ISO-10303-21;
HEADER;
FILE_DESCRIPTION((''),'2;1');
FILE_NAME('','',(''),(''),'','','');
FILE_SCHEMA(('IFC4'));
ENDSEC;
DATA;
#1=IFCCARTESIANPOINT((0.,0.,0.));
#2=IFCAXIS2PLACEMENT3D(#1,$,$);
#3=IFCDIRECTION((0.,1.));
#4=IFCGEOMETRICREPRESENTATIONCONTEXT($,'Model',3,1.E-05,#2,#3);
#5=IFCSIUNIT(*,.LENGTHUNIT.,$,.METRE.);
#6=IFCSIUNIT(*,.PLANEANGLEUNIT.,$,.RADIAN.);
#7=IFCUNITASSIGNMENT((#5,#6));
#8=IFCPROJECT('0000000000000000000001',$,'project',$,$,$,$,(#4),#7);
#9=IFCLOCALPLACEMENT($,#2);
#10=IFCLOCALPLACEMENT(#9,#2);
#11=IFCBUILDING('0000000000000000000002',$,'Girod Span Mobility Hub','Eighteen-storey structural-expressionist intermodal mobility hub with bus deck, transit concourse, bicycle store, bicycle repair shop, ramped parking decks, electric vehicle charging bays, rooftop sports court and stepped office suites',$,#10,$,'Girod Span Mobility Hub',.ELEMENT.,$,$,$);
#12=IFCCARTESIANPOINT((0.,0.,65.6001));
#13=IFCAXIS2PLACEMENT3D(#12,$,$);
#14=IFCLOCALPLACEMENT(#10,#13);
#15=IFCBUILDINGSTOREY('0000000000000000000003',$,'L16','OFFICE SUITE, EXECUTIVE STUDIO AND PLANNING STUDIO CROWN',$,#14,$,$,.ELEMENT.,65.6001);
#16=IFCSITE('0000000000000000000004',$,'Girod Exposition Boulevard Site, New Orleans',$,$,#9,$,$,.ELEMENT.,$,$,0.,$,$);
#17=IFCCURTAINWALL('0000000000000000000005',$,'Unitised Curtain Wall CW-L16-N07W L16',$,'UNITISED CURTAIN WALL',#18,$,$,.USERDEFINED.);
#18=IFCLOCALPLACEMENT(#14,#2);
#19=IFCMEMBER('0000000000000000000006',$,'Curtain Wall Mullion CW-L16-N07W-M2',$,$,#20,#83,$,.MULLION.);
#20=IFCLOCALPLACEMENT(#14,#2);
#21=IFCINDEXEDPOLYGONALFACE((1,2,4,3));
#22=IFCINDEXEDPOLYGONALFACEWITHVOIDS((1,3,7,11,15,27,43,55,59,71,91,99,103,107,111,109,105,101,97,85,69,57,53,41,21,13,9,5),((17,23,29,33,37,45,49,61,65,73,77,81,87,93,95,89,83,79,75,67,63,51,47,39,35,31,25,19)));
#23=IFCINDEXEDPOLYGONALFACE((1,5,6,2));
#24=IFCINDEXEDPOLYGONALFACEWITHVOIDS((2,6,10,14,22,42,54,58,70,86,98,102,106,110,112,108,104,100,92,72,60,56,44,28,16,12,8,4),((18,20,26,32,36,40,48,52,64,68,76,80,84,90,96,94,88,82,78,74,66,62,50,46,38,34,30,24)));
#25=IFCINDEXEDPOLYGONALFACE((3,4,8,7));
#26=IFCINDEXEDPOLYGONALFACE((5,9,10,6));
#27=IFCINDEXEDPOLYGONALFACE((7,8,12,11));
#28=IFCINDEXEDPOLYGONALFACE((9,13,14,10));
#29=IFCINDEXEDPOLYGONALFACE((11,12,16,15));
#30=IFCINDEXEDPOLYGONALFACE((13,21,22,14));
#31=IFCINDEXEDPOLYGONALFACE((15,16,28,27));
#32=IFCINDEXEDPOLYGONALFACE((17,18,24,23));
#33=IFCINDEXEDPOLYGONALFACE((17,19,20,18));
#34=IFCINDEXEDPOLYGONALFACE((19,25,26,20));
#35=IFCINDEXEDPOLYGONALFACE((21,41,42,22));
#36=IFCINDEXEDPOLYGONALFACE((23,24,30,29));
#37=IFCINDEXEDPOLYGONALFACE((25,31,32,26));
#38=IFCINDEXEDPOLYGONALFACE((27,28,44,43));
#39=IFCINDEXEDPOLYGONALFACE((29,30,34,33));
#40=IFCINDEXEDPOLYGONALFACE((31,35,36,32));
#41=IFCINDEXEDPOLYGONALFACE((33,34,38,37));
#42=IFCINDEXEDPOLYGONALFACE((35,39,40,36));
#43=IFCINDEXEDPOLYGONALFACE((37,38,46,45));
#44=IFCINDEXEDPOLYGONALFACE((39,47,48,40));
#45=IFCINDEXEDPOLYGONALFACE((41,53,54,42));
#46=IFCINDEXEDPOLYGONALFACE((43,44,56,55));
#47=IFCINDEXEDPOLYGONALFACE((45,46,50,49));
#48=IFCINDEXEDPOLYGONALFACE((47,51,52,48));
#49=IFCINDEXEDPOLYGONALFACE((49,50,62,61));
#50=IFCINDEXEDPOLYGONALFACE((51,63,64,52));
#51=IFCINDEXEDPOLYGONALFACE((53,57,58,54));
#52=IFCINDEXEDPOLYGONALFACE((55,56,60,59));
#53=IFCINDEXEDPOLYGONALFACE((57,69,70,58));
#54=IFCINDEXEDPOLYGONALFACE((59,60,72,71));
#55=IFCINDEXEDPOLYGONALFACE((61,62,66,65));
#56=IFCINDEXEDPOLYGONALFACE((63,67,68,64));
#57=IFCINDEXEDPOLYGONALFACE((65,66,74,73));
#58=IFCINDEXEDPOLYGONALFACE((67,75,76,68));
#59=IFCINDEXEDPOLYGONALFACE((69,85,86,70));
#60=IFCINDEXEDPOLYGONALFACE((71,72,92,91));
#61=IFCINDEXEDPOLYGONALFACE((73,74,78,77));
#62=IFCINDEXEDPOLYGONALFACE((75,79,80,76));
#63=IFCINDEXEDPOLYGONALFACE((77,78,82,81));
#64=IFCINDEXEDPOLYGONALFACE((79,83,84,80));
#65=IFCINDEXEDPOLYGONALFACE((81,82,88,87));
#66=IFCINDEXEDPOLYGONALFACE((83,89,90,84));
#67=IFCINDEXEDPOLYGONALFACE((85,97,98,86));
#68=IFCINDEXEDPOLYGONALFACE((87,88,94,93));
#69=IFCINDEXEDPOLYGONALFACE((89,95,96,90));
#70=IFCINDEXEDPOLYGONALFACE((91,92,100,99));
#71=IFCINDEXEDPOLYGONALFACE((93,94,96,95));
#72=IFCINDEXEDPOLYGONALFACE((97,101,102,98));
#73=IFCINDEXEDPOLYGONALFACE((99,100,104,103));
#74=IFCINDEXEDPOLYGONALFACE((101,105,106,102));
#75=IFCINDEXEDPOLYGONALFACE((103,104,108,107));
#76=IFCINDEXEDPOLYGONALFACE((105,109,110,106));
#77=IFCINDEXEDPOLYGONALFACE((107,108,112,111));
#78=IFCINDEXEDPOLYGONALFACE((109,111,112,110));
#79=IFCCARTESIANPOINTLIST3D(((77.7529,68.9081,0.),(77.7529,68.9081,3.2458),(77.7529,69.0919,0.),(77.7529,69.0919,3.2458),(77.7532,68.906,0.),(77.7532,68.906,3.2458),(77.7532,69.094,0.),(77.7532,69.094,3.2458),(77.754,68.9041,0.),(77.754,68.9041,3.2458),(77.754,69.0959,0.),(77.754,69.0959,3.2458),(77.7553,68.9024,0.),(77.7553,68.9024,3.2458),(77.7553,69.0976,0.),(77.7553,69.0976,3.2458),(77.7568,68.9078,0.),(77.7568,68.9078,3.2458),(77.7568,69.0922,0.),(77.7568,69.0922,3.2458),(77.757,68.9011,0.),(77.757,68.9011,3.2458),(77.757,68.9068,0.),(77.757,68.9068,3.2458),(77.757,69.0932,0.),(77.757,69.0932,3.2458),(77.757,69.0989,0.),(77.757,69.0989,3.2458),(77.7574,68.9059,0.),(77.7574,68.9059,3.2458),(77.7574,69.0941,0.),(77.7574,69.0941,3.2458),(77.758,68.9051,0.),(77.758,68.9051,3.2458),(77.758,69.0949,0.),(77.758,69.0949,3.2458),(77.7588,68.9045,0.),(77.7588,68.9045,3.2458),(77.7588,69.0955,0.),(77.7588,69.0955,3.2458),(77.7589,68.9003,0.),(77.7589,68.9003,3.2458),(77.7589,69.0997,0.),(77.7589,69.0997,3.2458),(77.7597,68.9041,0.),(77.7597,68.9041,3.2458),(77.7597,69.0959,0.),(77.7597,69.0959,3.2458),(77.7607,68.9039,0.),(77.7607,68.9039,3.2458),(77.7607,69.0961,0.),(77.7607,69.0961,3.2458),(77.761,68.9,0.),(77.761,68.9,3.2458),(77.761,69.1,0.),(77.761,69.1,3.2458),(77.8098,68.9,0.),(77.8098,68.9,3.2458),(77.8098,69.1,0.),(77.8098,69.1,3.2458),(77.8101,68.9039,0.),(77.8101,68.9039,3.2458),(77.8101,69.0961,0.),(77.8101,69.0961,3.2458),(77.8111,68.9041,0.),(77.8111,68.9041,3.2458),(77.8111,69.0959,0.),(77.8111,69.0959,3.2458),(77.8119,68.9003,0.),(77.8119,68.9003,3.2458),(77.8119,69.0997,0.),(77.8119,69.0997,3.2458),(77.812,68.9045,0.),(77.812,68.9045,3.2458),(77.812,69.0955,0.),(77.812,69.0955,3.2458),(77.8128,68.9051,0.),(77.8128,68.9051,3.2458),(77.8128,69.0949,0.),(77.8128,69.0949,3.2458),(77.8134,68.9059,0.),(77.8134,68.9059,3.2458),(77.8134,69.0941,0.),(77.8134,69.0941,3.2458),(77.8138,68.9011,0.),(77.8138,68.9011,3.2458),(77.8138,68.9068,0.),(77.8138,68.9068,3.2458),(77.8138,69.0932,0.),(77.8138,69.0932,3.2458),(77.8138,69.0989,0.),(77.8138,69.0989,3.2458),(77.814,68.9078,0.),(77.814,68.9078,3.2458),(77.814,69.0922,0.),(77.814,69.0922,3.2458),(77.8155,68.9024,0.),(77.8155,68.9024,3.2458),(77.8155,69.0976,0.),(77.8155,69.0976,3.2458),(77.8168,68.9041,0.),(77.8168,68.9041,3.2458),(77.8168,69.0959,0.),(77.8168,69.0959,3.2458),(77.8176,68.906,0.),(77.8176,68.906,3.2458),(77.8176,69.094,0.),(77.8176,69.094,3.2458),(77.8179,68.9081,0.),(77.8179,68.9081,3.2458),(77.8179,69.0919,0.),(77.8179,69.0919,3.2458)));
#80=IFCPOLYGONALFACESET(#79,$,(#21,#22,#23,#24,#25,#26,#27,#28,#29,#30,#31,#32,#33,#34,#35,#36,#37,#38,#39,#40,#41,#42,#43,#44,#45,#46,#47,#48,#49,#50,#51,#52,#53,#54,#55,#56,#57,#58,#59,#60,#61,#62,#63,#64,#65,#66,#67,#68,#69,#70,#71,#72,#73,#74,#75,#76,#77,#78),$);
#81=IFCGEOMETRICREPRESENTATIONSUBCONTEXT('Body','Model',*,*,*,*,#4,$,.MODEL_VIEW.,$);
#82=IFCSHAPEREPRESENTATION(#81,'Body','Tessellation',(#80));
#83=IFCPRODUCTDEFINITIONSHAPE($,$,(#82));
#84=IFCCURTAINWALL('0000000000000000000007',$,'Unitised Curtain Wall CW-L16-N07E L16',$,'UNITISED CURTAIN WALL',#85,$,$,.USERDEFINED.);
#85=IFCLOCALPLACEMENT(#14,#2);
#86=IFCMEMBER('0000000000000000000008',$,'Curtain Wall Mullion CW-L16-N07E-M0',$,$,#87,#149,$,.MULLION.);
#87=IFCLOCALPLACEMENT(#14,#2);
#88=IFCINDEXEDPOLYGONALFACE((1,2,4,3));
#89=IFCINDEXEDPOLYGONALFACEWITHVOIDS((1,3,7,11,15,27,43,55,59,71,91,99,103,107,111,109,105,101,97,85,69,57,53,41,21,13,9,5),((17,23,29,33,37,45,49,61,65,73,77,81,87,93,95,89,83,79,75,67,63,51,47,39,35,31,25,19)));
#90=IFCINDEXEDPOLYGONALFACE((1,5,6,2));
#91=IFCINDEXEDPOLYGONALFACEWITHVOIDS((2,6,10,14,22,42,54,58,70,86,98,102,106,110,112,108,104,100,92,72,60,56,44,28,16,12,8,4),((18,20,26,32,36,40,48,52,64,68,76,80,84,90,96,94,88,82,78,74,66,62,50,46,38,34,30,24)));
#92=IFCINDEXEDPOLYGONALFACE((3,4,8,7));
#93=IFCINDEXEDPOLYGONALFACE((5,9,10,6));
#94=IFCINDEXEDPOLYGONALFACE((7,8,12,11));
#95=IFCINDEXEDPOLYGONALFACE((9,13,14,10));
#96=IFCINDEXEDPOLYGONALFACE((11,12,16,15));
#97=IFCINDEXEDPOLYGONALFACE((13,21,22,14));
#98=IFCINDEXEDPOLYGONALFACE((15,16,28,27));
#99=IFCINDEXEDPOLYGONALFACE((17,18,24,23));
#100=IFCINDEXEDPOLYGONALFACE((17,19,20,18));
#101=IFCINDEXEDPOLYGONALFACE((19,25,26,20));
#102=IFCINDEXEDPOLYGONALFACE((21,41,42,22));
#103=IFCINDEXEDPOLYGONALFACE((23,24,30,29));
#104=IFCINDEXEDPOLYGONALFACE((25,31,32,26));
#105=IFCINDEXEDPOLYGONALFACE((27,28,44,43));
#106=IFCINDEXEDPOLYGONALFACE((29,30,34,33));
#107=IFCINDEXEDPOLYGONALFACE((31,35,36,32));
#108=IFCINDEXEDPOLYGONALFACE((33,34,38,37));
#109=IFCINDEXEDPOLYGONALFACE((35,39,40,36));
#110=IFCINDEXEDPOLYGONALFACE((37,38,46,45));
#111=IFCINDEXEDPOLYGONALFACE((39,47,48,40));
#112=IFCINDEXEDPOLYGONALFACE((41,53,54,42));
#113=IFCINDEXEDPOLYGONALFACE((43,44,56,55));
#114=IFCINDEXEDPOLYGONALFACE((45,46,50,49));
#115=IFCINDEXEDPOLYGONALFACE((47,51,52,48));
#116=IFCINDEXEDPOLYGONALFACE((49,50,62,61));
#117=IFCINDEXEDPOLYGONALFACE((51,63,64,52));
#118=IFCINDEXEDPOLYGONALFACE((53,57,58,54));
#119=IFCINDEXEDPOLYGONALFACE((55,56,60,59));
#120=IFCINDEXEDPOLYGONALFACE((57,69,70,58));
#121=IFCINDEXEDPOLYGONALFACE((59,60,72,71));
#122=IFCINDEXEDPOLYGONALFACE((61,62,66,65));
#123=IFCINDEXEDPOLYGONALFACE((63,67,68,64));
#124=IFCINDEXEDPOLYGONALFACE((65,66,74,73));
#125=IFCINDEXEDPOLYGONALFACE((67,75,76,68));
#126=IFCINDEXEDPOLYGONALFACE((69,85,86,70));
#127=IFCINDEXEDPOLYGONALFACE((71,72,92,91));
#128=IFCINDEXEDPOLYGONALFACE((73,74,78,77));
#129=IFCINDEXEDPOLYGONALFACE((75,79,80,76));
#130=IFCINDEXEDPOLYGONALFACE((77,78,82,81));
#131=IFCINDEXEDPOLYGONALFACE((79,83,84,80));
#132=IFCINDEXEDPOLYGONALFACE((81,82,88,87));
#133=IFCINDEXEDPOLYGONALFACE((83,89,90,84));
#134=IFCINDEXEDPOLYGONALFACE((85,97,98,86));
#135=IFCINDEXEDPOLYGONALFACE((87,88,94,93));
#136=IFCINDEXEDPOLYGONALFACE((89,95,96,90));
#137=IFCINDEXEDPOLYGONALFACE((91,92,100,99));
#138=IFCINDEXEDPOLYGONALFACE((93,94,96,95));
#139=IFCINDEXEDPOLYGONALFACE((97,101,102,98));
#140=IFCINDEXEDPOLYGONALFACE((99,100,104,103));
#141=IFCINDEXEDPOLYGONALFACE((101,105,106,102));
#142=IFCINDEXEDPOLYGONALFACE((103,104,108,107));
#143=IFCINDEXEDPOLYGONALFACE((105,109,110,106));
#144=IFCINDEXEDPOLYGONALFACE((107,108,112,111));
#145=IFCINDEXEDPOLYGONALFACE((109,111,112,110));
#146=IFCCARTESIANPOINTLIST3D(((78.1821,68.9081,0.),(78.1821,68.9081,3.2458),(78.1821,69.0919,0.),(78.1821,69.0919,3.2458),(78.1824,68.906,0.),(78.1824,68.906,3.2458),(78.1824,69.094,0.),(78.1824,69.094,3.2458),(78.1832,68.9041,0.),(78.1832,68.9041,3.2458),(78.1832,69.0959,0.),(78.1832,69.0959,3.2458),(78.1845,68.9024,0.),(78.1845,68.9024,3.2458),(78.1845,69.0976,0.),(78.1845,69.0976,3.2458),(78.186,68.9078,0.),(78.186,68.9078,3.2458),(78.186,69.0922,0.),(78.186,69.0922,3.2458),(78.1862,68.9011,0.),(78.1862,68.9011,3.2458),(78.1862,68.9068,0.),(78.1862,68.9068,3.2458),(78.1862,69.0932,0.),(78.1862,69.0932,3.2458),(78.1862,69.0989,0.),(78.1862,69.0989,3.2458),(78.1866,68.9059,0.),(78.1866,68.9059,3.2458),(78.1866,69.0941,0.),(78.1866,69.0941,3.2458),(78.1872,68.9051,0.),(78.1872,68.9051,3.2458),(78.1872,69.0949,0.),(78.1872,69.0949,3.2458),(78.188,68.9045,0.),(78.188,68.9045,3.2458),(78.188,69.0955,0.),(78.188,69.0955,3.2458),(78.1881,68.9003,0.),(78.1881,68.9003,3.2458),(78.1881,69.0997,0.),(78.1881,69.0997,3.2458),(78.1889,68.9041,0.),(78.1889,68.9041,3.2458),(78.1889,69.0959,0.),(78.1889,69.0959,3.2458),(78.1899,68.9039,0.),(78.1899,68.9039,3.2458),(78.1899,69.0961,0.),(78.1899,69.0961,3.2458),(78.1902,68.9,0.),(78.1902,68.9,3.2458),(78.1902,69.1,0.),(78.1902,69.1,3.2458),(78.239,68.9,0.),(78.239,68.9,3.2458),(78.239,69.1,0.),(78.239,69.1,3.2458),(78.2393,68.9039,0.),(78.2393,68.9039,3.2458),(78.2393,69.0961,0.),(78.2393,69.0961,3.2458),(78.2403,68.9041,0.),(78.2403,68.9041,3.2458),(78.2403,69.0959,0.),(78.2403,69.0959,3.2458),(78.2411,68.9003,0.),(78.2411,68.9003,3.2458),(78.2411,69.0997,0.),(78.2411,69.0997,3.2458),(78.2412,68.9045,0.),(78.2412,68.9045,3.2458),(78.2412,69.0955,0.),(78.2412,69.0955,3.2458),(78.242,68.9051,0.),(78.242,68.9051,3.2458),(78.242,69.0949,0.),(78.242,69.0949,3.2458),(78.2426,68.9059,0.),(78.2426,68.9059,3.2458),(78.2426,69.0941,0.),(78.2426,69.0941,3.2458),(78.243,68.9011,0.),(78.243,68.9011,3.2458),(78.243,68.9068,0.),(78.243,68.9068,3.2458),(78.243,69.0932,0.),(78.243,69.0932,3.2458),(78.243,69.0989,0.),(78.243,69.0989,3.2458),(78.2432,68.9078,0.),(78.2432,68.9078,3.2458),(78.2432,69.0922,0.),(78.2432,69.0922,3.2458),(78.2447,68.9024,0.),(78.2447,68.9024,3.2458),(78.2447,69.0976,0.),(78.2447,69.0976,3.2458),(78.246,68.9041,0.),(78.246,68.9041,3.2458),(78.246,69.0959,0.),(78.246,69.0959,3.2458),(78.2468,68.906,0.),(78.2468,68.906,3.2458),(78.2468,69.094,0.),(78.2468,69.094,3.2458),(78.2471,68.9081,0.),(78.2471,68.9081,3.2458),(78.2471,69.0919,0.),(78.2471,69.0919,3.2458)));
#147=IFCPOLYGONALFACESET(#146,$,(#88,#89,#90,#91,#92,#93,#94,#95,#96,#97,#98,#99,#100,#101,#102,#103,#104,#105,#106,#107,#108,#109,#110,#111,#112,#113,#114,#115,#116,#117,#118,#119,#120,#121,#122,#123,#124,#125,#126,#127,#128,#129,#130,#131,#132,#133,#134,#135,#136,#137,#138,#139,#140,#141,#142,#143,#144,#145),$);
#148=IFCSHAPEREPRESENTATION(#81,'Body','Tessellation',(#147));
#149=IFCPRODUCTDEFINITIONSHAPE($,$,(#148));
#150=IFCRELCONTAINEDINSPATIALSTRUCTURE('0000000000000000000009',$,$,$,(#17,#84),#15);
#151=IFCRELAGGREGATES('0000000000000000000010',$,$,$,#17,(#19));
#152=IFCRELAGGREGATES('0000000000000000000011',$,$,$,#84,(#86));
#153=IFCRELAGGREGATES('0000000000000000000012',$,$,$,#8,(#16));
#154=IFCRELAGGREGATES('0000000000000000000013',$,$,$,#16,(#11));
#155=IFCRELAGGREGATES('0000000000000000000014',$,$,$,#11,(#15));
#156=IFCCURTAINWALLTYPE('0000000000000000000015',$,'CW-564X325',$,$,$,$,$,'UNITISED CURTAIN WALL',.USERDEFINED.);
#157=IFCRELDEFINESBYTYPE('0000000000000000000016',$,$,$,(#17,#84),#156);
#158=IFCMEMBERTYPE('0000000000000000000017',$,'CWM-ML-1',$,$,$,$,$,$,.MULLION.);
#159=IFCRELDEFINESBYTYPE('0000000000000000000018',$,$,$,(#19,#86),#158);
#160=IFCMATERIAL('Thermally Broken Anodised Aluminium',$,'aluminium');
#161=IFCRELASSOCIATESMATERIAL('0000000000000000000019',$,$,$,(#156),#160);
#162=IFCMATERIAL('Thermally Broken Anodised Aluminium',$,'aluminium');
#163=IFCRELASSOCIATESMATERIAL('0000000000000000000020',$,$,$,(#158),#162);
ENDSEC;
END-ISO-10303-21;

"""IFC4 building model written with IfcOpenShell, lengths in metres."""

from ifc_helpers import new_model, si_unit, direction, frame, origin, origin_2d, place, context, subcontext, project, spatial, hollow_rectangle, extrude, material, material_profile, profile_set, type_object, element, aggregate, save


model = new_model("IFC4")

# Units and contexts
model_context = context("Model", 3, precision=1e-05, world=origin(), true_north=direction((0.0, 1.0)))
body_context = subcontext(model_context, "Body", "Model", "MODEL_VIEW")
ifc_project = project(units=[si_unit("LENGTHUNIT", "METRE"), si_unit("PLANEANGLEUNIT", "RADIAN")], contexts=[model_context])

# Site, building, storey
site_placement = place(None, origin())
site = spatial("IfcSite", under=ifc_project, at=site_placement, Name="Girod Exposition Boulevard Site, New Orleans", CompositionType="ELEMENT", RefElevation=0.0)
building_placement = place(site_placement, origin())
building = spatial("IfcBuilding", under=site, at=building_placement, Name="Girod Span Mobility Hub", Description="Eighteen-storey structural-expressionist intermodal mobility hub with bus deck, transit concourse, bicycle store, bicycle repair shop, ramped parking decks, electric vehicle charging bays, rooftop sports court and stepped office suites", LongName="Girod Span Mobility Hub", CompositionType="ELEMENT")
storey_placement = place(building_placement, frame((0.0, 0.0, 65.6001)))
storey = spatial("IfcBuildingStorey", under=building, at=storey_placement, Name="L16", Description="OFFICE SUITE, EXECUTIVE STUDIO AND PLANNING STUDIO CROWN", CompositionType="ELEMENT", Elevation=65.6001)

# Curtain wall, member
ifc_material_1 = material(Name="Thermally Broken Anodised Aluminium", Category="aluminium")
curtain_wall_type = type_object("IfcCurtainWallType", Name="CW-564X325", ElementType="UNITISED CURTAIN WALL", PredefinedType="USERDEFINED", material=ifc_material_1)
curtain_wall_1_placement = place(storey_placement, origin())
curtain_wall_1 = element("IfcCurtainWall", 1, at=curtain_wall_1_placement, inside=storey, type_object=curtain_wall_type, Name="Unitised Curtain Wall CW-L16-N07W L16", ObjectType="UNITISED CURTAIN WALL", PredefinedType="USERDEFINED")
ifc_material_2 = material(Name="Thermally Broken Anodised Aluminium", Category="aluminium")
ifc_material_profile_1 = material_profile(ifc_material_2, hollow_rectangle(XDim=0.2, YDim=0.0649, WallThickness=0.0039, InnerFilletRadius=0.0039, OuterFilletRadius=0.0081, at=origin_2d()), Name="CW-ML-65X200")
ifc_profile_set_1 = profile_set([ifc_material_profile_1], Name="Thermally Broken Anodised Aluminium")
member_type_1 = type_object("IfcMemberType", Name="CWM-ML-1", PredefinedType="MULLION", material=ifc_profile_set_1)
member_1_placement = place(storey_placement, frame((77.7854, 69.0, 0.0), z_axis=(0.0, 0.0, 1.0), x_axis=(0.0, 1.0, 0.0)))
member_1 = element("IfcMember", 2, at=member_1_placement, type_object=member_type_1, Name="Curtain Wall Mullion CW-L16-N07W-M2", PredefinedType="MULLION", context=body_context, shape_type="SweptSolid", body=[
    extrude(hollow_rectangle(XDim=0.2, YDim=0.0649, WallThickness=0.0039, InnerFilletRadius=0.0039, OuterFilletRadius=0.0081, at=origin_2d()), origin(), (0.0, 0.0, 1.0), 3.2458),
])

# Curtain wall, member
curtain_wall_2_placement = place(storey_placement, origin())
curtain_wall_2 = element("IfcCurtainWall", 3, at=curtain_wall_2_placement, inside=storey, type_object=curtain_wall_type, Name="Unitised Curtain Wall CW-L16-N07E L16", ObjectType="UNITISED CURTAIN WALL", PredefinedType="USERDEFINED")
member_2_placement = place(storey_placement, frame((78.2146, 69.0, 0.0), z_axis=(0.0, 0.0, 1.0), x_axis=(0.0, 1.0, 0.0)))
member_2 = element("IfcMember", 4, at=member_2_placement, type_object=member_type_1, Name="Curtain Wall Mullion CW-L16-N07E-M0", PredefinedType="MULLION", context=body_context, shape_type="SweptSolid", body=[
    extrude(hollow_rectangle(XDim=0.2, YDim=0.0649, WallThickness=0.0039, InnerFilletRadius=0.0039, OuterFilletRadius=0.0081, at=origin_2d()), origin(), (0.0, 0.0, 1.0), 3.2458),
])

aggregate(curtain_wall_1, [member_1])
aggregate(curtain_wall_2, [member_2])

save(model, "model.ifc")
